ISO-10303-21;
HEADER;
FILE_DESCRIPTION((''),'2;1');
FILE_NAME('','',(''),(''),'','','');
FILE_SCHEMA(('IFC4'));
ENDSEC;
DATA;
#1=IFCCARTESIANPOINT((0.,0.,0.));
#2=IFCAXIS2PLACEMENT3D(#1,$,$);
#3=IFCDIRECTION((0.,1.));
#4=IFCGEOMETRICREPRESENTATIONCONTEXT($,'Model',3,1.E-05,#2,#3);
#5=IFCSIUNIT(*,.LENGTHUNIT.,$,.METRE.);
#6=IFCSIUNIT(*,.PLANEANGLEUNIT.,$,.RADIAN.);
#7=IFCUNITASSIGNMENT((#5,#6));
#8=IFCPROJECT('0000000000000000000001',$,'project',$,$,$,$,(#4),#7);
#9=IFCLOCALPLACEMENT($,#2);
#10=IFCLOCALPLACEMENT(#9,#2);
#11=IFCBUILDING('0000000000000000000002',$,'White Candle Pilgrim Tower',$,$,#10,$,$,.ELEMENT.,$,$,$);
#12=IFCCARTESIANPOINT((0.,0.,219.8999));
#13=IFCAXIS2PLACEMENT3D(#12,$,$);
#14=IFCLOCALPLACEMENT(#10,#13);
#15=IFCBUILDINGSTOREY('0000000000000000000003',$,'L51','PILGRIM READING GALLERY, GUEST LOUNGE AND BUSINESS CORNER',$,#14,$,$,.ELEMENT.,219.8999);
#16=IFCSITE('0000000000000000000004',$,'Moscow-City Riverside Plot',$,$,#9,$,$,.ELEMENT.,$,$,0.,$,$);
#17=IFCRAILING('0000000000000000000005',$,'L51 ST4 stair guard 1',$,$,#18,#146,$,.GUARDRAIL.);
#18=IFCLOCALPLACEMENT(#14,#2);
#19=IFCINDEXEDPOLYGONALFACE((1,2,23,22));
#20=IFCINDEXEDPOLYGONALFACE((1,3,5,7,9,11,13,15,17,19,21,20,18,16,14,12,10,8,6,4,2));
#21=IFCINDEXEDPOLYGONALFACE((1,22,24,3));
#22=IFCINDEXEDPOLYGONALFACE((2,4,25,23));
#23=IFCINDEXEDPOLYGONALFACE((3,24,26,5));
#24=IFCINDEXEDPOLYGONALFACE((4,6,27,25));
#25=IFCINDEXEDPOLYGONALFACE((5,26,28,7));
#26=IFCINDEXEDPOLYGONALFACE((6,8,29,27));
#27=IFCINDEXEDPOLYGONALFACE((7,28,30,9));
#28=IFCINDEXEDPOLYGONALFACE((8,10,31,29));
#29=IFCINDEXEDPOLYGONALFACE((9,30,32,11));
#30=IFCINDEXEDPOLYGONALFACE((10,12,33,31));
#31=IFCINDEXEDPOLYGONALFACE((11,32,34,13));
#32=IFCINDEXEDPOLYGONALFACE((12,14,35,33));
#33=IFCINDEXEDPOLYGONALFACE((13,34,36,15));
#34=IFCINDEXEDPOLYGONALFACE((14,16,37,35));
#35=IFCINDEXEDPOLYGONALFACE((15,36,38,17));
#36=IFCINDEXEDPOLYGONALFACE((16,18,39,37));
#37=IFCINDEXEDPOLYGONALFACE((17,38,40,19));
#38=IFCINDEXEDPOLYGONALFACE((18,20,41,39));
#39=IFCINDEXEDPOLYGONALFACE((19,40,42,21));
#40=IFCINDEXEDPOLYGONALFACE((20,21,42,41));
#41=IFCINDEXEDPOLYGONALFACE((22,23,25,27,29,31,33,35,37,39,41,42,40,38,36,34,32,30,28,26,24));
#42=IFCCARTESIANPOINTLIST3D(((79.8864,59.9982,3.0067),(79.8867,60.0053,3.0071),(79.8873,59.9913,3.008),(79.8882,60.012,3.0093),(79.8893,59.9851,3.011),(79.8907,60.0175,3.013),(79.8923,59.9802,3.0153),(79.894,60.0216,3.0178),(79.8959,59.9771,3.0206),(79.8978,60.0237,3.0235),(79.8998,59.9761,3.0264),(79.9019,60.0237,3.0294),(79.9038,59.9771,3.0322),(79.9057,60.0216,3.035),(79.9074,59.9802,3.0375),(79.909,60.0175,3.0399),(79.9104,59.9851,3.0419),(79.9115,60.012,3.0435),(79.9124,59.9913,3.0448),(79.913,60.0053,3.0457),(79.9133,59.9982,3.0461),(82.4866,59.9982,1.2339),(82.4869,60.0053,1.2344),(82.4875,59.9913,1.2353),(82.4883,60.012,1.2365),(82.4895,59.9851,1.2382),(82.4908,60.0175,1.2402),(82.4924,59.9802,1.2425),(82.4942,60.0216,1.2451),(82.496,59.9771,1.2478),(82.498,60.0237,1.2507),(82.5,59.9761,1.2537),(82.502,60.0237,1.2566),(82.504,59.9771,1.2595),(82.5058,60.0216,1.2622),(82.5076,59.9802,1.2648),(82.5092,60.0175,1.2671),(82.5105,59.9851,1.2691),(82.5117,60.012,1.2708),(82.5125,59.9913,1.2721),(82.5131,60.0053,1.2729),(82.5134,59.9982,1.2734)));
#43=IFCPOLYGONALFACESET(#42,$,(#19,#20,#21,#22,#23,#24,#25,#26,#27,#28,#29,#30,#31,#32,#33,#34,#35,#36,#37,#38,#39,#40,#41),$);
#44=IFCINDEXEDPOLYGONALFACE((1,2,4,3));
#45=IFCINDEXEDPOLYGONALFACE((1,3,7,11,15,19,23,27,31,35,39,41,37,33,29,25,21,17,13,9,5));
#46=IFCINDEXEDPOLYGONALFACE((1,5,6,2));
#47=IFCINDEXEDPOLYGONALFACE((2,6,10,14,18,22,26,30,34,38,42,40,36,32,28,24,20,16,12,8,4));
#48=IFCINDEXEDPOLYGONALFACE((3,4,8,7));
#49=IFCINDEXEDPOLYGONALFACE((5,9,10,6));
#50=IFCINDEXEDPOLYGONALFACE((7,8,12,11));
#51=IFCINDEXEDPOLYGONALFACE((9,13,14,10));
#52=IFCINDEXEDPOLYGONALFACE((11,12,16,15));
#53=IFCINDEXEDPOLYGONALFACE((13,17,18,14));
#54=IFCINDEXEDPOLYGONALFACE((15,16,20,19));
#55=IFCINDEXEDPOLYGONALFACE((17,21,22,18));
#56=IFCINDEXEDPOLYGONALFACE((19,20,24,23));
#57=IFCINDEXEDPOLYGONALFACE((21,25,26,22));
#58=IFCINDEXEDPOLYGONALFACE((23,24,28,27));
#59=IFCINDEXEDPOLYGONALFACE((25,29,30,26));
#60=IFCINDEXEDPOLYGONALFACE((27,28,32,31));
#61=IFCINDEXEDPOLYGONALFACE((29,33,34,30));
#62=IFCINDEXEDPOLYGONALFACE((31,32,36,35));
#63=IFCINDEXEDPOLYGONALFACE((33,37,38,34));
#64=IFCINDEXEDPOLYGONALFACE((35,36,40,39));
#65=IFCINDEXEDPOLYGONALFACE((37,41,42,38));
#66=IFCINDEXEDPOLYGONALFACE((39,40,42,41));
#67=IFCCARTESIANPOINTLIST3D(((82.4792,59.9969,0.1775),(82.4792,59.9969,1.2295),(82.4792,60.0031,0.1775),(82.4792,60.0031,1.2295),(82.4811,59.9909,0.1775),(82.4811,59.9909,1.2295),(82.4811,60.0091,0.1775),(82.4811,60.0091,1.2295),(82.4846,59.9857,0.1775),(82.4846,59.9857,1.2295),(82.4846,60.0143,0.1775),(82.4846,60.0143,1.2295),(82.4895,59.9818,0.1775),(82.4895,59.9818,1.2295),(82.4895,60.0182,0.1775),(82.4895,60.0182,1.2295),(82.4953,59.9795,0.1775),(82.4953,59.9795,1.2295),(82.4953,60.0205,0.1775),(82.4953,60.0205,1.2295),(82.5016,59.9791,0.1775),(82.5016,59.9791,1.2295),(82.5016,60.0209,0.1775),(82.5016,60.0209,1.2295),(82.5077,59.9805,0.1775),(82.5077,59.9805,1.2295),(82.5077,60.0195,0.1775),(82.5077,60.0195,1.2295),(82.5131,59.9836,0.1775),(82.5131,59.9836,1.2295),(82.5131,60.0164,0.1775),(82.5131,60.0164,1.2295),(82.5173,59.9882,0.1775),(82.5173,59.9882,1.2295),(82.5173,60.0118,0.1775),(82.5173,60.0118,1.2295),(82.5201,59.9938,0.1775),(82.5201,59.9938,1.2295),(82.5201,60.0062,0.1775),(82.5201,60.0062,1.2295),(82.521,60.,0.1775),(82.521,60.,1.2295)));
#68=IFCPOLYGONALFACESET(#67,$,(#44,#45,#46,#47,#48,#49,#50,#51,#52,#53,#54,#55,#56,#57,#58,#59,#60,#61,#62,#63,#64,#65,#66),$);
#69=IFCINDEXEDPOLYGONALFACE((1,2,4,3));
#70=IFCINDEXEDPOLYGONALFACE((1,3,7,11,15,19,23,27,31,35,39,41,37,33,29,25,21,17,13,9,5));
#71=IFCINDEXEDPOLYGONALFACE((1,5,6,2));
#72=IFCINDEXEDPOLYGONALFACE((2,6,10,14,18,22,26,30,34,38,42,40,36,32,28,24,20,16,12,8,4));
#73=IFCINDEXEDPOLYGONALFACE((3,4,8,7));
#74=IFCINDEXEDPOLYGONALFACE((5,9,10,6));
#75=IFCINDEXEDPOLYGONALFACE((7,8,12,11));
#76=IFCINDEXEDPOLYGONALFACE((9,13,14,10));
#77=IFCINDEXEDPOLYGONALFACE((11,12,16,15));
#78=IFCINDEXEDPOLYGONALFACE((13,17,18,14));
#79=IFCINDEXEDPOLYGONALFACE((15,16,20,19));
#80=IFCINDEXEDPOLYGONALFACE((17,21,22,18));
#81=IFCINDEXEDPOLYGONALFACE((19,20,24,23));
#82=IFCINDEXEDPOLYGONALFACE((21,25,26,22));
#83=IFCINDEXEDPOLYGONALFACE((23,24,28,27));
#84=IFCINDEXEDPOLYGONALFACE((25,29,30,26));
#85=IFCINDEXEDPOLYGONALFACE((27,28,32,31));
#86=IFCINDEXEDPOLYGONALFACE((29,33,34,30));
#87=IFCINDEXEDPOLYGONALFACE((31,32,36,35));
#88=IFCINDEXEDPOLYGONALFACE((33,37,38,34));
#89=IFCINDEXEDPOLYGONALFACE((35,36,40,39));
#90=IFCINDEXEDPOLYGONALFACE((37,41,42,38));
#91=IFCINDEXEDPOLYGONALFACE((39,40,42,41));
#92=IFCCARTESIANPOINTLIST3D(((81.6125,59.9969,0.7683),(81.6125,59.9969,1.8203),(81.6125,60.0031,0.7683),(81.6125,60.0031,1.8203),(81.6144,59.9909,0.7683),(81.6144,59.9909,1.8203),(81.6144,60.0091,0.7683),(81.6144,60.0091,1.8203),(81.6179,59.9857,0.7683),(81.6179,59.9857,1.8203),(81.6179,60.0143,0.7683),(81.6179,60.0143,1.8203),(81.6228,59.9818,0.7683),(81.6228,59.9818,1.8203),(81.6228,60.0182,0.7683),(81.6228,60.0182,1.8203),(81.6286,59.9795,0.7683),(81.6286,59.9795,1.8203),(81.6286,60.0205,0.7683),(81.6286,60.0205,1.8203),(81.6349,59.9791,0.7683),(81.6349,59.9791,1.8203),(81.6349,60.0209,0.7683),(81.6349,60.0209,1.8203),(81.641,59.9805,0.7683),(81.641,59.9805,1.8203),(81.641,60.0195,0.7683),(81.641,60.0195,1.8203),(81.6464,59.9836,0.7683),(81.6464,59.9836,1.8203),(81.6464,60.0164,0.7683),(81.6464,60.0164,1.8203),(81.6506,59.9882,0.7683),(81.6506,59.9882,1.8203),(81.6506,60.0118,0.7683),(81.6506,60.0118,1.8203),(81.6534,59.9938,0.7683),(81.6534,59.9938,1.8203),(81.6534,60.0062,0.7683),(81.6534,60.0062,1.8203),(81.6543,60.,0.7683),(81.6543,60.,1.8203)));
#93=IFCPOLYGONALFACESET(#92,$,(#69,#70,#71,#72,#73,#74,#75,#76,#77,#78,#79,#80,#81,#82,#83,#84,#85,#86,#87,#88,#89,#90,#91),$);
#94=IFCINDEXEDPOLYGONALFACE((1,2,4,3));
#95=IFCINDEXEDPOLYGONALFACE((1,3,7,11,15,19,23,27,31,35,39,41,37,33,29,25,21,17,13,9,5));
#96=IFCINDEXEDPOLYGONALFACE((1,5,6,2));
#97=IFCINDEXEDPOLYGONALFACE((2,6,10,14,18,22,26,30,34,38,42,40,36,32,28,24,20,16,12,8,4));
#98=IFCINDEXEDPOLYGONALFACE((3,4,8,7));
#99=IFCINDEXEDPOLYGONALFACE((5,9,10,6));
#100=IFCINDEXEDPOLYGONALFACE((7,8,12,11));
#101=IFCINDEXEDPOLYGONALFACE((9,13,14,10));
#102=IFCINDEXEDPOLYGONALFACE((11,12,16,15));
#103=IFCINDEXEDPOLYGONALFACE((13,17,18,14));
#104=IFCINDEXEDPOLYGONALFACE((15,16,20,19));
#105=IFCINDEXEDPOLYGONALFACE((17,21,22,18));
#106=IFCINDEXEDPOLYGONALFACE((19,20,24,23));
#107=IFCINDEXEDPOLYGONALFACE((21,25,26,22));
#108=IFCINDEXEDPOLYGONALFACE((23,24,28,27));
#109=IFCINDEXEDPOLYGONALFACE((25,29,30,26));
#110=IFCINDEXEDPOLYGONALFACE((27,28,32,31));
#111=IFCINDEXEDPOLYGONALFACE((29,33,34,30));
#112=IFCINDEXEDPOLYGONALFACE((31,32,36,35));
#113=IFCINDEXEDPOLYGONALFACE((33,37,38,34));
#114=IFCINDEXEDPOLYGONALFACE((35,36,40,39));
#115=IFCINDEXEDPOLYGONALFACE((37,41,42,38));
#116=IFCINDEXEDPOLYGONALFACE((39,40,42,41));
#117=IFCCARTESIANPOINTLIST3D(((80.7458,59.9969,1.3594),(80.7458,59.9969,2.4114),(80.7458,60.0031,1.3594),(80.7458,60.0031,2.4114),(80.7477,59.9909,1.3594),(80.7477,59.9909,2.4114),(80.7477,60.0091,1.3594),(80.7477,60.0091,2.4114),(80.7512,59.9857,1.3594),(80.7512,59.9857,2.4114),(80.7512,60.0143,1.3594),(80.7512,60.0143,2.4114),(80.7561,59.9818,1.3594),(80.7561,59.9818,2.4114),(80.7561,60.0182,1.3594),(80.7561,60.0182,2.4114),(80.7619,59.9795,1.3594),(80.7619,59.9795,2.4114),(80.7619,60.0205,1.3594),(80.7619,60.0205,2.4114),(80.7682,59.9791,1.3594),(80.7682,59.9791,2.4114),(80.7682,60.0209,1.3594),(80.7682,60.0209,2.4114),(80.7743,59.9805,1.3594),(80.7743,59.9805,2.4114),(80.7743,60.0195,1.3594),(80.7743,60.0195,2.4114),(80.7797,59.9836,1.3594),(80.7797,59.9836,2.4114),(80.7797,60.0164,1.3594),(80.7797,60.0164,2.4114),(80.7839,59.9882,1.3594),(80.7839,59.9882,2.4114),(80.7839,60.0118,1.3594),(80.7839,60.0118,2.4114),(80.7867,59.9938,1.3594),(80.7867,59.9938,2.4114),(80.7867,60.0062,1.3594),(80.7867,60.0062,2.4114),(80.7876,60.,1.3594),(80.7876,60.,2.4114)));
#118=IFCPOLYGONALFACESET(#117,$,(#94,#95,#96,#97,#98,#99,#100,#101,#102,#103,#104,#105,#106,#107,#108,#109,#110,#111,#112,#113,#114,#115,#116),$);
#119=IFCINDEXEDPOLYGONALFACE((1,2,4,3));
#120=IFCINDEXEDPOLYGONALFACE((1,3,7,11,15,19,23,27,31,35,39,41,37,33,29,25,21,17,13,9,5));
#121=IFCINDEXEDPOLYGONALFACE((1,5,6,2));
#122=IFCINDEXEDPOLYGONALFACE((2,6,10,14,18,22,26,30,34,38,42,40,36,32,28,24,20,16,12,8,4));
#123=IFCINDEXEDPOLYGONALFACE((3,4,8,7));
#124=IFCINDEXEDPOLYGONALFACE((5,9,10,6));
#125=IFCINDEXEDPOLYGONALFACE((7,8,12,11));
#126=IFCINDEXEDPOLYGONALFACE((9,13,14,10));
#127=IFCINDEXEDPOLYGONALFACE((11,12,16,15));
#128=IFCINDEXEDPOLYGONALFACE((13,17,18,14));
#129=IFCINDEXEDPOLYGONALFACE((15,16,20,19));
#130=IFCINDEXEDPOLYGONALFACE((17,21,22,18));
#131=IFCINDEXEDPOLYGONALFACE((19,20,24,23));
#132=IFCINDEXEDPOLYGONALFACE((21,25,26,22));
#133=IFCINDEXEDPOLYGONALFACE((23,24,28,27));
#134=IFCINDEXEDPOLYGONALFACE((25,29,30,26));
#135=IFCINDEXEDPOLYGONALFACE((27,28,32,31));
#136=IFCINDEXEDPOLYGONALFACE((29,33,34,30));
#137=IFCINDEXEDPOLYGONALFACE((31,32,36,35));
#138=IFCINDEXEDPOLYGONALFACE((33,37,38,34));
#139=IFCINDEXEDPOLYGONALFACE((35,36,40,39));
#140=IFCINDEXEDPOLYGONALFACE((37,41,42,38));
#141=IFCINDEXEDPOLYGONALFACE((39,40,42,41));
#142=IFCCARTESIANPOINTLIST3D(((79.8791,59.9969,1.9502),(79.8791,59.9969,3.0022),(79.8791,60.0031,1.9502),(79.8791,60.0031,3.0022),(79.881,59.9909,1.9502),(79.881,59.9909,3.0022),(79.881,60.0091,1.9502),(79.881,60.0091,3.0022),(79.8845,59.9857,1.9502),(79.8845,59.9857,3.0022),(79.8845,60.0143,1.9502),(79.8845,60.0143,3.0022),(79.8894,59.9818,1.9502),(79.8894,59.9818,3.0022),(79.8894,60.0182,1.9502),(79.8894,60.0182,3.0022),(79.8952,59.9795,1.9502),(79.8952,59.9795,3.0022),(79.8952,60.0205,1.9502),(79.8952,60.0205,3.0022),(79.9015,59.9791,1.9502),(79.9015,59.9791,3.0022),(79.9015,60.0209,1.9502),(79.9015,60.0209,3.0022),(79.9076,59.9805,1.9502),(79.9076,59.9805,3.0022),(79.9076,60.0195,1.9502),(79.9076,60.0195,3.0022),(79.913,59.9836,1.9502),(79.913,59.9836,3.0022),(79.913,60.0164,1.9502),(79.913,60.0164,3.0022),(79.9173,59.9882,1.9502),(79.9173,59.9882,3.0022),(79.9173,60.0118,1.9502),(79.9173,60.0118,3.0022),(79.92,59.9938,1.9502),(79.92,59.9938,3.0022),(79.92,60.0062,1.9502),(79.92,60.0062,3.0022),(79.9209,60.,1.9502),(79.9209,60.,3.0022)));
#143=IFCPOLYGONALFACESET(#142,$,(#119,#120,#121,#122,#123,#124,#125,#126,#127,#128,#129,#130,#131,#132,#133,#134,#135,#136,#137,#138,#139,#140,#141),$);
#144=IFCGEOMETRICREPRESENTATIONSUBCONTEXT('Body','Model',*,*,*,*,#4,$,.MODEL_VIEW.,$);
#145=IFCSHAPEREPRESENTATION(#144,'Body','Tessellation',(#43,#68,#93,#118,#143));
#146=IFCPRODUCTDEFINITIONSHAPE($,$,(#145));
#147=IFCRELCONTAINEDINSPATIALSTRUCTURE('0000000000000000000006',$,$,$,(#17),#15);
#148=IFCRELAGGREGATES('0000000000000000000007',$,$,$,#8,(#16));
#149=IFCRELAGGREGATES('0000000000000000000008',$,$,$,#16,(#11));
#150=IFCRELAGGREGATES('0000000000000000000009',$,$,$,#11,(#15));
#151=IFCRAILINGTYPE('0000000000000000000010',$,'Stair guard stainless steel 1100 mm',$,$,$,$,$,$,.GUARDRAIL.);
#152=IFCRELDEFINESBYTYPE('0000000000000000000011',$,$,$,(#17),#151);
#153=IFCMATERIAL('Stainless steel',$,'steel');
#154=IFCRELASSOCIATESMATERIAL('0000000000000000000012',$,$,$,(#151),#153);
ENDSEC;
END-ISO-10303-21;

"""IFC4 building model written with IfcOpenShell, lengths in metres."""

from ifc_helpers import new_model, si_unit, direction, frame, origin, origin_2d, place, context, subcontext, project, spatial, circle, extrude, material, type_object, element, save


model = new_model("IFC4")

# Units and contexts
model_context = context("Model", 3, precision=1e-05, world=origin(), true_north=direction((0.0, 1.0)))
body_context = subcontext(model_context, "Body", "Model", "MODEL_VIEW")
ifc_project = project(units=[si_unit("LENGTHUNIT", "METRE"), si_unit("PLANEANGLEUNIT", "RADIAN")], contexts=[model_context])

# Site, building, storey
site_placement = place(None, origin())
site = spatial("IfcSite", under=ifc_project, at=site_placement, Name="Moscow-City Riverside Plot", CompositionType="ELEMENT", RefElevation=0.0)
building_placement = place(site_placement, origin())
building = spatial("IfcBuilding", under=site, at=building_placement, Name="White Candle Pilgrim Tower", CompositionType="ELEMENT")
storey_placement = place(building_placement, frame((0.0, 0.0, 219.8999)))
storey = spatial("IfcBuildingStorey", under=building, at=storey_placement, Name="L51", Description="PILGRIM READING GALLERY, GUEST LOUNGE AND BUSINESS CORNER", CompositionType="ELEMENT", Elevation=219.8999)

# Railing
ifc_material_1 = material(Name="Stainless steel", Category="steel")
railing_type_1 = type_object("IfcRailingType", Name="Stair guard stainless steel 1100 mm", PredefinedType="GUARDRAIL", material=ifc_material_1)
railing_1_placement = place(storey_placement, frame((82.5, 60.0, 0.1775)))
element("IfcRailing", 1, at=railing_1_placement, inside=storey, type_object=railing_type_1, Name="L51 ST4 stair guard 1", PredefinedType="GUARDRAIL", context=body_context, shape_type="SweptSolid", body=[
    extrude(circle(Radius=0.0239, at=origin_2d()), frame((0.0, 0.0, 1.0762), z_axis=(-0.82624, 0.0, 0.563318), x_axis=(0.0, -1.0, 0.0)), (0.0, 0.0, 1.0), 3.147),
    extrude(circle(Radius=0.021, at=origin_2d()), origin(), (0.0, 0.0, 1.0), 1.052),
    extrude(circle(Radius=0.021, at=origin_2d()), frame((-0.8667, 0.0, 0.5908)), (0.0, 0.0, 1.0), 1.052),
    extrude(circle(Radius=0.021, at=origin_2d()), frame((-1.7334, 0.0, 1.1819)), (0.0, 0.0, 1.0), 1.052),
    extrude(circle(Radius=0.021, at=origin_2d()), frame((-2.6001, 0.0, 1.7727)), (0.0, 0.0, 1.0), 1.052),
])

save(model, "model.ifc")
